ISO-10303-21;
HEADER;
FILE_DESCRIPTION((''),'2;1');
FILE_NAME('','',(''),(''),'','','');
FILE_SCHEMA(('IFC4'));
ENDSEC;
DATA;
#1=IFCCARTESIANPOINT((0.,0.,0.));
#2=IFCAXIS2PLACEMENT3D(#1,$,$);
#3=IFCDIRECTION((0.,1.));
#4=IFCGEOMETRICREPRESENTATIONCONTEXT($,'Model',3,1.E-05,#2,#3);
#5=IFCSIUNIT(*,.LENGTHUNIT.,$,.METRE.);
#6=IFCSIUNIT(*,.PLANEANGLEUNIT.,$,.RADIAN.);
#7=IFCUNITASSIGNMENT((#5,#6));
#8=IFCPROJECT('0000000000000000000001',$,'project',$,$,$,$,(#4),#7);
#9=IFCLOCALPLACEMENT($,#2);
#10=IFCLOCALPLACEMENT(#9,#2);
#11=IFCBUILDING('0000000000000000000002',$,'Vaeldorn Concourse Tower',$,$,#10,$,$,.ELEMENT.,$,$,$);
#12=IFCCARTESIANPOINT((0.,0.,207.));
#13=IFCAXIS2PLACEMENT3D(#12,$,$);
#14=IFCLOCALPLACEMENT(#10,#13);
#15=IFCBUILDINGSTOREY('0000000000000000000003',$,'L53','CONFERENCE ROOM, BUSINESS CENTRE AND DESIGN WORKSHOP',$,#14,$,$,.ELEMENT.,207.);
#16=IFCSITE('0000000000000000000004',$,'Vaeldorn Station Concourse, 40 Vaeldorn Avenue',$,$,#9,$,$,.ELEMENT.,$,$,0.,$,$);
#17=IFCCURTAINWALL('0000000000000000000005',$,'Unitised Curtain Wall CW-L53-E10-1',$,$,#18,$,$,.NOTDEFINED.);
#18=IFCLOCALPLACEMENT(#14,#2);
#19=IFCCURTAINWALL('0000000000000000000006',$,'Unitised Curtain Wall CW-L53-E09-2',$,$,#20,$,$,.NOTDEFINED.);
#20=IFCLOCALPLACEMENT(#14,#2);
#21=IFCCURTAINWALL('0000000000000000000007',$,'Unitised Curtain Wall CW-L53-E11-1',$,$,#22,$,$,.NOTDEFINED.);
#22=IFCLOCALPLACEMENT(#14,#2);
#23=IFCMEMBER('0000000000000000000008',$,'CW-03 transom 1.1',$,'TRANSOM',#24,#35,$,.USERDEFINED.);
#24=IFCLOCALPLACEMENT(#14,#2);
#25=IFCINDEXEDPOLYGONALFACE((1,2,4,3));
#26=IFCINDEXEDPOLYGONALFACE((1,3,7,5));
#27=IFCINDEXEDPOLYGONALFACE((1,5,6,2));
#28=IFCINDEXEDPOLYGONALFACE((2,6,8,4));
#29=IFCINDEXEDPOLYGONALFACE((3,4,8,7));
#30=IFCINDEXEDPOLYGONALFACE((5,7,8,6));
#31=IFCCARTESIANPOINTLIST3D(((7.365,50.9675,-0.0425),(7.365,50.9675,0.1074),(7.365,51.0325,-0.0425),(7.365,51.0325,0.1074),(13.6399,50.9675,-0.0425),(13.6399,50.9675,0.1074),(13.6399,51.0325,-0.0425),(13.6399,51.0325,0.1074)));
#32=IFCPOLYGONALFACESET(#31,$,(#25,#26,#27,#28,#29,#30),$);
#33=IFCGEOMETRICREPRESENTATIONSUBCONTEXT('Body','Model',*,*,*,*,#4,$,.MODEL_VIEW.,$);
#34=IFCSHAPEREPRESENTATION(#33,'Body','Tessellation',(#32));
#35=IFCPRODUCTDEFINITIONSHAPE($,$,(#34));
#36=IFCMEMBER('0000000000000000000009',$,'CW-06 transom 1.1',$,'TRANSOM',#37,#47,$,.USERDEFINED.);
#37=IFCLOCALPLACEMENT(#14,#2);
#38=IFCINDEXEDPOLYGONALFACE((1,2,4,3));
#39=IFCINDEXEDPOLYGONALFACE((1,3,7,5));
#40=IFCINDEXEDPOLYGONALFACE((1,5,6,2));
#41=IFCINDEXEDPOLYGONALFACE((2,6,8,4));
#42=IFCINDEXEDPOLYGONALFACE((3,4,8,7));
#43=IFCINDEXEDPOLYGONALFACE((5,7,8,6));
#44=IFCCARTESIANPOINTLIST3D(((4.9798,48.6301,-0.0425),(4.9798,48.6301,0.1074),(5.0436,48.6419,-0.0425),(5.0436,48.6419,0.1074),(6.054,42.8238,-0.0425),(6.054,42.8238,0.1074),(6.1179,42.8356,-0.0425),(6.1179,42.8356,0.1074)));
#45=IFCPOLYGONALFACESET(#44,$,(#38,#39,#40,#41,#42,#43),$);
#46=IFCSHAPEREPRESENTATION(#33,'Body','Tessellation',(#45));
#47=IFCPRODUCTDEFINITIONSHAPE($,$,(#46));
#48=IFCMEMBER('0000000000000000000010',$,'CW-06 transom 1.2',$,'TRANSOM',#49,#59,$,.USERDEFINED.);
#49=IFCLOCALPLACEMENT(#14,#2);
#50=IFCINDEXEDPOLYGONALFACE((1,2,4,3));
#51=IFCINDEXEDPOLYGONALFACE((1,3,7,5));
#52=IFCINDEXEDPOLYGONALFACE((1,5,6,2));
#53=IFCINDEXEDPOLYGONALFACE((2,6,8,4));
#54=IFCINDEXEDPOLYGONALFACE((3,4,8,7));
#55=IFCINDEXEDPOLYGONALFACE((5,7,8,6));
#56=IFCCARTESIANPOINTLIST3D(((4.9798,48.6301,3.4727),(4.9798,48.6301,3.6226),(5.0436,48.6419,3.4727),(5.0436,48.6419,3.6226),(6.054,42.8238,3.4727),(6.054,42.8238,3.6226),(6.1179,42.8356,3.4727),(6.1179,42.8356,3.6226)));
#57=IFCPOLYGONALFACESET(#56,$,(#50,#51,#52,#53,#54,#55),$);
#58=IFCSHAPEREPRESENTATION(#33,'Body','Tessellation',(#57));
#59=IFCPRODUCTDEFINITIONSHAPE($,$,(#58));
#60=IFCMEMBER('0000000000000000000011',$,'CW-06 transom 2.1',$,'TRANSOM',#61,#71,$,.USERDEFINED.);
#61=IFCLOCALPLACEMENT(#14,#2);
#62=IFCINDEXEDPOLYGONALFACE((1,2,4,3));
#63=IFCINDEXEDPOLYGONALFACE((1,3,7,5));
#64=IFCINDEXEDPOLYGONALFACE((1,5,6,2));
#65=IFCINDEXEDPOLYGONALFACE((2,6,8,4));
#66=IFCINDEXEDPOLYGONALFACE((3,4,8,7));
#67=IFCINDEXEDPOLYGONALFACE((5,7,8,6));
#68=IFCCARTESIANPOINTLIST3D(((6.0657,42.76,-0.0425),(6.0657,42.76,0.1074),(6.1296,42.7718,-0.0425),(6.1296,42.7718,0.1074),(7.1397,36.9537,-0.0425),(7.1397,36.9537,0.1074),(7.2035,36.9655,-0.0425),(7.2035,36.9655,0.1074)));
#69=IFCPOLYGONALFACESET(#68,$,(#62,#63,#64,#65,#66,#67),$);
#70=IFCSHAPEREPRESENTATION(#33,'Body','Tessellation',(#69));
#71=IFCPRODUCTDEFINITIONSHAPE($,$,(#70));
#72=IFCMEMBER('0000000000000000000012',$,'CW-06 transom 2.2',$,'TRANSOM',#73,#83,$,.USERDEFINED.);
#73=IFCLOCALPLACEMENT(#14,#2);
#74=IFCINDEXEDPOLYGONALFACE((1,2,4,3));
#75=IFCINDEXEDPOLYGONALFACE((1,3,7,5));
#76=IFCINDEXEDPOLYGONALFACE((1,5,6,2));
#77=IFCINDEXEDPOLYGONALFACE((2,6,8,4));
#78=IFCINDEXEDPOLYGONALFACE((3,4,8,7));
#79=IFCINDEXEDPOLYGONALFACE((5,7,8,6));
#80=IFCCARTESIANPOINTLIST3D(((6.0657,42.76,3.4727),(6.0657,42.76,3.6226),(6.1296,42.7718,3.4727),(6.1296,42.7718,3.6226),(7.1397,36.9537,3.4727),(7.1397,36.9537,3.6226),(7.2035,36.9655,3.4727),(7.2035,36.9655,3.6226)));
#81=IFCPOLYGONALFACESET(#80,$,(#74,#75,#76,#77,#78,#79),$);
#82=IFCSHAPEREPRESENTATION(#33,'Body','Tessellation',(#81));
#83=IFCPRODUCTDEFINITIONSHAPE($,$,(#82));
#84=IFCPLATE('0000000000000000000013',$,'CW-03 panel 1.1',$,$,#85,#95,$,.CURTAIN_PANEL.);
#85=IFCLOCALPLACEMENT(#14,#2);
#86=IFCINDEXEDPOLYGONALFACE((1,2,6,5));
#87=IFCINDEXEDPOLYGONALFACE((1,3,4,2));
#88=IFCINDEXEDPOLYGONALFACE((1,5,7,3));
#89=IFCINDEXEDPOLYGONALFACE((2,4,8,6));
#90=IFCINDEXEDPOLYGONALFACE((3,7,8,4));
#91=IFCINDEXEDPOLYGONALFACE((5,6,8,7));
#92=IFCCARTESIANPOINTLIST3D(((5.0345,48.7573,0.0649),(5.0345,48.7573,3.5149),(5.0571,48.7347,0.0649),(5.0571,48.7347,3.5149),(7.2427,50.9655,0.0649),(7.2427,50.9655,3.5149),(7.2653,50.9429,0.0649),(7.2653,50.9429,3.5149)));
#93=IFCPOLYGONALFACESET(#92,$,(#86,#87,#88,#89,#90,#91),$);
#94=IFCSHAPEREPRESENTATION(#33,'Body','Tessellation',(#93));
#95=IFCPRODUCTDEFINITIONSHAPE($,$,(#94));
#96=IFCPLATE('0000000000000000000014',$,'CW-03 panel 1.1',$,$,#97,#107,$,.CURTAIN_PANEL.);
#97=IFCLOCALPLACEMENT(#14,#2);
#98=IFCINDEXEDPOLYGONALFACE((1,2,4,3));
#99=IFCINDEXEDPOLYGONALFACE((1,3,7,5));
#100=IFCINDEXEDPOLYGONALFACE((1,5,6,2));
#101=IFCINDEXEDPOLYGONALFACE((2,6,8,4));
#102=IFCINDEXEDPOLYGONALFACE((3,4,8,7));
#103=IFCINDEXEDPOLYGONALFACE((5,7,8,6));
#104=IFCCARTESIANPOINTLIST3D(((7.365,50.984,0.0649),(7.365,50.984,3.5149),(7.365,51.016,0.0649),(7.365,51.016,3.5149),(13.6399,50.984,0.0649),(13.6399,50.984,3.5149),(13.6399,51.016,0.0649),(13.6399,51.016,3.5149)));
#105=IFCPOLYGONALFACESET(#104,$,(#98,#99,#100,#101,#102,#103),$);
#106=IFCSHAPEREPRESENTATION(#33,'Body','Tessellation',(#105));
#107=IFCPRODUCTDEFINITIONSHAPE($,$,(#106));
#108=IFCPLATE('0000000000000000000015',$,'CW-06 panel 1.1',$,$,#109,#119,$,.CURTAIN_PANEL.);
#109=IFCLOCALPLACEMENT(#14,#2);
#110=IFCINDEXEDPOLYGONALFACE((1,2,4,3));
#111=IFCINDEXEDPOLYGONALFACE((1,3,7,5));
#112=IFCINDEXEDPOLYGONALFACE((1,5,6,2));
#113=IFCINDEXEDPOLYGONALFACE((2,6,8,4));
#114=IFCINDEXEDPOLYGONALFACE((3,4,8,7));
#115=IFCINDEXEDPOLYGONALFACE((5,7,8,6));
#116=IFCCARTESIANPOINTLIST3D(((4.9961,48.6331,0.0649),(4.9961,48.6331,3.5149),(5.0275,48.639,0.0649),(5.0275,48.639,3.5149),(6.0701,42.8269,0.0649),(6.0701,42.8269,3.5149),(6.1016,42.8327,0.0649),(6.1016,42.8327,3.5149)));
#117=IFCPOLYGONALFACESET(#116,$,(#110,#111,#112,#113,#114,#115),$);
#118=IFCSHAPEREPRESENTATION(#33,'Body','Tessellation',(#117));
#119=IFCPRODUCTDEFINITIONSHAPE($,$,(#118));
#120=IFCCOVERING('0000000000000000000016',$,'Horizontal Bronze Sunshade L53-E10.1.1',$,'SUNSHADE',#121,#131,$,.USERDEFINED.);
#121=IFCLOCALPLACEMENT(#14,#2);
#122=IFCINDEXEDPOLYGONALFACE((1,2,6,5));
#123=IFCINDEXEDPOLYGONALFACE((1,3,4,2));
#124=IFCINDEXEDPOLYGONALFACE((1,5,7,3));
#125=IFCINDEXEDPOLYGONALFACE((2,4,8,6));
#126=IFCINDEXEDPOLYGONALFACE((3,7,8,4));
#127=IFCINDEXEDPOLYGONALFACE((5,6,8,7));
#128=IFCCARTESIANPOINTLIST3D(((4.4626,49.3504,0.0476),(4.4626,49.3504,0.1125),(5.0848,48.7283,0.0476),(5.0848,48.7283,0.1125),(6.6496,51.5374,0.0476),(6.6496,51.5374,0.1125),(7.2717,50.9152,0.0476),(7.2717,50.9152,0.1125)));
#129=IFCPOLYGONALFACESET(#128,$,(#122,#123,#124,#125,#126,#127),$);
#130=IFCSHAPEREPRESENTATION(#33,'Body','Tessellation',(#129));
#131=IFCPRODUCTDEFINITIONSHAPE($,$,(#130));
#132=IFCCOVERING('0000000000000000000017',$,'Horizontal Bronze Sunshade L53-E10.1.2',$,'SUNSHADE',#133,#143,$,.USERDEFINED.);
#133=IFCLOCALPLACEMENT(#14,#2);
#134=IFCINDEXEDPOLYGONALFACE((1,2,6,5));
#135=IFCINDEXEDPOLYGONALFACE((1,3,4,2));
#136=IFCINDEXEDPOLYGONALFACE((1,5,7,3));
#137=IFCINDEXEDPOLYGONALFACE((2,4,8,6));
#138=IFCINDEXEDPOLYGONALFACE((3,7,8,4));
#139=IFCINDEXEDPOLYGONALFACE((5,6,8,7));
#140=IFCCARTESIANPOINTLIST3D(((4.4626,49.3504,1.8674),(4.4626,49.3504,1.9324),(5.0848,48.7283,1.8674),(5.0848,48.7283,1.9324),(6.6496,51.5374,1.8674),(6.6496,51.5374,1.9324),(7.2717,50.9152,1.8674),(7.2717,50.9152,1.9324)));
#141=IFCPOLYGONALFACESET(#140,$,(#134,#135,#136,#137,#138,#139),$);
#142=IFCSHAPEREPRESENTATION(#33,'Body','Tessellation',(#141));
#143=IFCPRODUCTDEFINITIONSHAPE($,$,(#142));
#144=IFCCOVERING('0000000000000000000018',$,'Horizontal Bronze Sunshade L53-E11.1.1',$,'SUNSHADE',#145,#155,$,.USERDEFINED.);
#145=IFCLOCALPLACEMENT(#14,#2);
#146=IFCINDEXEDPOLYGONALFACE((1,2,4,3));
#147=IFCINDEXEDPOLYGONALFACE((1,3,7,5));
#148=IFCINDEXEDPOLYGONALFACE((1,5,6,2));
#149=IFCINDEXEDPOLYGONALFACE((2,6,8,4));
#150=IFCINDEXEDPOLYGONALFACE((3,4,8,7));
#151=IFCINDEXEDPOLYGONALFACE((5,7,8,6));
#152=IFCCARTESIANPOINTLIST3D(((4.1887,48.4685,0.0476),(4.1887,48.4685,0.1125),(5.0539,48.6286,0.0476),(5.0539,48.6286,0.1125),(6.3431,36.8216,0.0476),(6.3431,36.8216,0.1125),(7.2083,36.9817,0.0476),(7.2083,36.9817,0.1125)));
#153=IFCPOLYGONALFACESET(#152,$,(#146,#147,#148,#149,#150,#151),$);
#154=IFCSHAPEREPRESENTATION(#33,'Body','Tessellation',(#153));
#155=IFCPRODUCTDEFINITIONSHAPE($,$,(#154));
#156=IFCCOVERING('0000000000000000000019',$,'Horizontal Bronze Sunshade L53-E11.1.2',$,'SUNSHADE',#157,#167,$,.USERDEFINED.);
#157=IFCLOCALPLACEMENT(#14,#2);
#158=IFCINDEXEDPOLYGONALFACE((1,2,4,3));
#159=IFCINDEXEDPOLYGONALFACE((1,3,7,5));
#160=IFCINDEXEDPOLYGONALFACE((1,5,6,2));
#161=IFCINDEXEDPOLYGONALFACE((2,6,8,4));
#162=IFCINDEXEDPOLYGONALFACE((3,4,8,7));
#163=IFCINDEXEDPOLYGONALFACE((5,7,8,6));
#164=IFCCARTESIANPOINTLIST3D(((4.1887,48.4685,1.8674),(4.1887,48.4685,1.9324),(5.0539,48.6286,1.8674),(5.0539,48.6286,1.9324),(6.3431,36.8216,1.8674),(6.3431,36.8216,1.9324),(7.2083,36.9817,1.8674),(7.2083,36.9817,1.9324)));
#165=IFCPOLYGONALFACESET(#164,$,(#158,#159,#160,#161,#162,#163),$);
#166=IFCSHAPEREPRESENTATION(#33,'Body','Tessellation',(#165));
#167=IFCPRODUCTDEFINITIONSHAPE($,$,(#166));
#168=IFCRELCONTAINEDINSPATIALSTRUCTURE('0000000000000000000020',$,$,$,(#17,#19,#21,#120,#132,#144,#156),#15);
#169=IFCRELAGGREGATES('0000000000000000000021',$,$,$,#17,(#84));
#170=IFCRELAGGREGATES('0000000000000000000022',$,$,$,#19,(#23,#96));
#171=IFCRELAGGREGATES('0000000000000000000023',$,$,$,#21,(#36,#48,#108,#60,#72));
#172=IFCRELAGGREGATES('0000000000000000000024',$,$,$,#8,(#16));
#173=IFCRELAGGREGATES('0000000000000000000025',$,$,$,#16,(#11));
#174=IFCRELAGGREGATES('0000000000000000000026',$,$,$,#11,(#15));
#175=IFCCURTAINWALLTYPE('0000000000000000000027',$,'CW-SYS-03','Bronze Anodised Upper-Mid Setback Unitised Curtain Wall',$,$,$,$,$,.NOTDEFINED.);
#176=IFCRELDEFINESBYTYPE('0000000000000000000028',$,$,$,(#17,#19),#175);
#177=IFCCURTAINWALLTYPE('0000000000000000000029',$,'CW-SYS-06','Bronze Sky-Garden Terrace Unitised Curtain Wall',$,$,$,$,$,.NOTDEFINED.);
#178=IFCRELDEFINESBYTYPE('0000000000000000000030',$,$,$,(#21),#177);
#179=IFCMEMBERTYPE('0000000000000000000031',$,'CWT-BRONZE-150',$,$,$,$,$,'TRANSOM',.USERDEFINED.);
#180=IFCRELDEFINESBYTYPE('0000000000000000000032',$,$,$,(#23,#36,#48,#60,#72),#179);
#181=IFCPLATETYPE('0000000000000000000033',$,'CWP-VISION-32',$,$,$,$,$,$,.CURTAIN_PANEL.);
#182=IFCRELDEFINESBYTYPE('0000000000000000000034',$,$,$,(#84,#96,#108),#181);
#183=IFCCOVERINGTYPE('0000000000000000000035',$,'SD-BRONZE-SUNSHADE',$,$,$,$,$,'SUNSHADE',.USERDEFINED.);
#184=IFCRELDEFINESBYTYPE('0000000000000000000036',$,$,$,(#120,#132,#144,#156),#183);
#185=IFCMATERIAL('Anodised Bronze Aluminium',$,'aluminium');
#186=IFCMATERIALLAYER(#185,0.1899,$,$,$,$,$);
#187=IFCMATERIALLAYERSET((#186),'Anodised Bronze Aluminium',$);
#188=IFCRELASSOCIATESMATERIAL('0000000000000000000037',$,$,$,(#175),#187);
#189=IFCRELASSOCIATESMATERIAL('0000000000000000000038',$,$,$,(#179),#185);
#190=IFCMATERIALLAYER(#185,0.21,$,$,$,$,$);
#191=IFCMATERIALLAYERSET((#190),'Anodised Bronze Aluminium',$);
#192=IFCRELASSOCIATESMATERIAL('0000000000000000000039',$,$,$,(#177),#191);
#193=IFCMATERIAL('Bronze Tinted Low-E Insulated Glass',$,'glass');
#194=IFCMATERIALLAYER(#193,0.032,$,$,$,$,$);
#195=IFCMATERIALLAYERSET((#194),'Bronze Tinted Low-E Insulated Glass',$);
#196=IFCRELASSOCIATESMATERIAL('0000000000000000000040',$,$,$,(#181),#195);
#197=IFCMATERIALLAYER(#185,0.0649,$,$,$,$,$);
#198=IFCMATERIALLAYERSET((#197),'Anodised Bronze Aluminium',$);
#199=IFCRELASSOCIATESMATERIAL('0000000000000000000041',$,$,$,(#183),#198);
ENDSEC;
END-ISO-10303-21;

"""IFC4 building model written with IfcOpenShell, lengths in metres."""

from ifc_helpers import new_model, si_unit, direction, frame, origin, origin_2d, place, context, subcontext, project, spatial, rectangle, extrude, source, transform, mapped, material, layer, layer_set, material_profile, profile_set, type_object, element, aggregate, save


model = new_model("IFC4")

# Units and contexts
model_context = context("Model", 3, precision=1e-05, world=origin(), true_north=direction((0.0, 1.0)))
body_context = subcontext(model_context, "Body", "Model", "MODEL_VIEW")
ifc_project = project(units=[si_unit("LENGTHUNIT", "METRE"), si_unit("PLANEANGLEUNIT", "RADIAN")], contexts=[model_context])

# Site, building, storey
site_placement = place(None, origin())
site = spatial("IfcSite", under=ifc_project, at=site_placement, Name="Vaeldorn Station Concourse, 40 Vaeldorn Avenue", CompositionType="ELEMENT", RefElevation=0.0)
building_placement = place(site_placement, origin())
building = spatial("IfcBuilding", under=site, at=building_placement, Name="Vaeldorn Concourse Tower", CompositionType="ELEMENT")
storey_placement = place(building_placement, frame((0.0, 0.0, 207.0)))
storey = spatial("IfcBuildingStorey", under=building, at=storey_placement, Name="L53", Description="CONFERENCE ROOM, BUSINESS CENTRE AND DESIGN WORKSHOP", CompositionType="ELEMENT", Elevation=207.0)

# Curtain wall
ifc_material_1 = material(Name="Anodised Bronze Aluminium", Category="aluminium")
ifc_layer_1 = layer(ifc_material_1, 0.1899)
ifc_layer_set_1 = layer_set([ifc_layer_1], Name="Anodised Bronze Aluminium")
curtain_wall_type_1 = type_object("IfcCurtainWallType", Name="CW-SYS-03", Description="Bronze Anodised Upper-Mid Setback Unitised Curtain Wall", PredefinedType="NOTDEFINED", material=ifc_layer_set_1)
curtain_wall_1_placement = place(storey_placement, origin())
curtain_wall_1 = element("IfcCurtainWall", 1, at=curtain_wall_1_placement, inside=storey, type_object=curtain_wall_type_1, Name="Unitised Curtain Wall CW-L53-E10-1", PredefinedType="NOTDEFINED")
ifc_material_profile_1 = material_profile(ifc_material_1, rectangle(XDim=0.0649, YDim=0.1499, at=origin_2d()), Name="CWT 65x150")
ifc_profile_set_1 = profile_set([ifc_material_profile_1], Name="Anodised Bronze Aluminium")
member_type_1 = type_object("IfcMemberType", Name="CWT-BRONZE-150", ElementType="TRANSOM", PredefinedType="USERDEFINED", material=ifc_profile_set_1)

# Curtain wall
curtain_wall_2_placement = place(storey_placement, origin())
curtain_wall_2 = element("IfcCurtainWall", 2, at=curtain_wall_2_placement, inside=storey, type_object=curtain_wall_type_1, Name="Unitised Curtain Wall CW-L53-E09-2", PredefinedType="NOTDEFINED")

# Curtain wall
ifc_layer_2 = layer(ifc_material_1, 0.21)
ifc_layer_set_2 = layer_set([ifc_layer_2], Name="Anodised Bronze Aluminium")
curtain_wall_type_2 = type_object("IfcCurtainWallType", Name="CW-SYS-06", Description="Bronze Sky-Garden Terrace Unitised Curtain Wall", PredefinedType="NOTDEFINED", material=ifc_layer_set_2)
curtain_wall_3_placement = place(storey_placement, origin())
curtain_wall_3 = element("IfcCurtainWall", 3, at=curtain_wall_3_placement, inside=storey, type_object=curtain_wall_type_2, Name="Unitised Curtain Wall CW-L53-E11-1", PredefinedType="NOTDEFINED")

# Members
shared_shape_1 = source(origin(), body_context, "Body", "SweptSolid", [
    extrude(rectangle(XDim=0.0649, YDim=0.1499, at=origin_2d()), origin(), (0.0, 0.0, 1.0), 6.2749),
])
member_1_placement = place(storey_placement, frame((13.6399, 51.0, 0.0325), z_axis=(-1.0, 0.0, 0.0), x_axis=(0.0, -1.0, 0.0)))
member_1 = element("IfcMember", 4, at=member_1_placement, type_object=member_type_1, Name="CW-03 transom 1.1", ObjectType="TRANSOM", PredefinedType="USERDEFINED", context=body_context, shape_type="MappedRepresentation", body=[
    mapped(shared_shape_1, transform((0.0, 0.0, 0.0), scale=1.0)),
])
shared_shape_2 = source(origin(), body_context, "Body", "SweptSolid", [
    extrude(rectangle(XDim=0.0649, YDim=0.1499, at=origin_2d()), origin(), (0.0, 0.0, 1.0), 5.9048),
])
member_2_placement = place(storey_placement, frame((5.0117, 48.636, 0.0325), z_axis=(0.181926, -0.983312, 0.0), x_axis=(0.983312, 0.181926, 0.0)))
member_2 = element("IfcMember", 5, at=member_2_placement, type_object=member_type_1, Name="CW-06 transom 1.1", ObjectType="TRANSOM", PredefinedType="USERDEFINED", context=body_context, shape_type="MappedRepresentation", body=[
    mapped(shared_shape_2, transform((0.0, 0.0, 0.0), scale=1.0)),
])
member_3_placement = place(storey_placement, frame((5.0117, 48.636, 3.5476), z_axis=(0.181926, -0.983312, 0.0), x_axis=(0.983312, 0.181926, 0.0)))
member_3 = element("IfcMember", 6, at=member_3_placement, type_object=member_type_1, Name="CW-06 transom 1.2", ObjectType="TRANSOM", PredefinedType="USERDEFINED", context=body_context, shape_type="MappedRepresentation", body=[
    mapped(shared_shape_2, transform((0.0, 0.0, 0.0), scale=1.0)),
])
member_4_placement = place(storey_placement, frame((6.0977, 42.7659, 0.0325), z_axis=(0.181879, -0.983321, 0.0), x_axis=(0.983321, 0.181879, 0.0)))
member_4 = element("IfcMember", 7, at=member_4_placement, type_object=member_type_1, Name="CW-06 transom 2.1", ObjectType="TRANSOM", PredefinedType="USERDEFINED", context=body_context, shape_type="MappedRepresentation", body=[
    mapped(shared_shape_2, transform((0.0, 0.0, 0.0), scale=1.0)),
])
member_5_placement = place(storey_placement, frame((6.0977, 42.7659, 3.5476), z_axis=(0.181879, -0.983321, 0.0), x_axis=(0.983321, 0.181879, 0.0)))
member_5 = element("IfcMember", 8, at=member_5_placement, type_object=member_type_1, Name="CW-06 transom 2.2", ObjectType="TRANSOM", PredefinedType="USERDEFINED", context=body_context, shape_type="MappedRepresentation", body=[
    mapped(shared_shape_2, transform((0.0, 0.0, 0.0), scale=1.0)),
])

# Plates
ifc_material_2 = material(Name="Bronze Tinted Low-E Insulated Glass", Category="glass")
ifc_layer_3 = layer(ifc_material_2, 0.032)
ifc_layer_set_3 = layer_set([ifc_layer_3], Name="Bronze Tinted Low-E Insulated Glass")
plate_type = type_object("IfcPlateType", Name="CWP-VISION-32", PredefinedType="CURTAIN_PANEL", material=ifc_layer_set_3)
shared_shape_3 = source(origin(), body_context, "Body", "SweptSolid", [
    extrude(rectangle(XDim=3.1228, YDim=0.032, at=origin_2d()), origin(), (0.0, 0.0, 1.0), 3.45),
])
plate_1_placement = place(storey_placement, frame((6.1499, 49.8501, 0.0649), z_axis=(0.0, 0.0, 1.0), x_axis=(-0.707107, -0.707107, 0.0)))
plate_1 = element("IfcPlate", 9, at=plate_1_placement, type_object=plate_type, Name="CW-03 panel 1.1", PredefinedType="CURTAIN_PANEL", context=body_context, shape_type="MappedRepresentation", body=[
    mapped(shared_shape_3, transform((0.0, 0.0, 0.0), scale=1.0)),
])
aggregate(curtain_wall_1, [plate_1])
shared_shape_4 = source(origin(), body_context, "Body", "SweptSolid", [
    extrude(rectangle(XDim=6.2749, YDim=0.032, at=origin_2d()), origin(), (0.0, 0.0, 1.0), 3.45),
])
plate_2_placement = place(storey_placement, frame((10.5024, 51.0, 0.0649), z_axis=(0.0, 0.0, 1.0), x_axis=(-1.0, 0.0, 0.0)))
plate_2 = element("IfcPlate", 10, at=plate_2_placement, type_object=plate_type, Name="CW-03 panel 1.1", PredefinedType="CURTAIN_PANEL", context=body_context, shape_type="MappedRepresentation", body=[
    mapped(shared_shape_4, transform((0.0, 0.0, 0.0), scale=1.0)),
])
aggregate(curtain_wall_2, [member_1, plate_2])
shared_shape_5 = source(origin(), body_context, "Body", "SweptSolid", [
    extrude(rectangle(XDim=5.9048, YDim=0.032, at=origin_2d()), origin(), (0.0, 0.0, 1.0), 3.45),
])
plate_3_placement = place(storey_placement, frame((5.5488, 45.7329, 0.0649), z_axis=(0.0, 0.0, 1.0), x_axis=(0.181888, -0.983319, 0.0)))
plate_3 = element("IfcPlate", 11, at=plate_3_placement, type_object=plate_type, Name="CW-06 panel 1.1", PredefinedType="CURTAIN_PANEL", context=body_context, shape_type="MappedRepresentation", body=[
    mapped(shared_shape_5, transform((0.0, 0.0, 0.0), scale=1.0)),
])
aggregate(curtain_wall_3, [member_2, member_3, plate_3, member_4, member_5])

# Coverings
ifc_layer_4 = layer(ifc_material_1, 0.0649)
ifc_layer_set_4 = layer_set([ifc_layer_4], Name="Anodised Bronze Aluminium")
covering_type = type_object("IfcCoveringType", Name="SD-BRONZE-SUNSHADE", ElementType="SUNSHADE", PredefinedType="USERDEFINED", material=ifc_layer_set_4)
shared_shape_6 = source(origin(), body_context, "Body", "SweptSolid", [
    extrude(rectangle(XDim=3.0928, YDim=0.8799, at=origin_2d()), origin(), (0.0, 0.0, 1.0), 0.0649),
])
for number, where, z_axis, x_axis, name in (
    (12, (5.8672, 50.1328, 0.0476), (0.0, 0.0, 1.0), (-0.707107, -0.707107, 0.0), "Horizontal Bronze Sunshade L53-E10.1.1"),
    (13, (5.8672, 50.1328, 1.8674), (0.0, 0.0, 1.0), (-0.707107, -0.707107, 0.0), "Horizontal Bronze Sunshade L53-E10.1.2"),
):
    element("IfcCovering", number, at=place(storey_placement, frame(where, z_axis=z_axis, x_axis=x_axis)), inside=storey, type_object=covering_type, Name=name, ObjectType="SUNSHADE", PredefinedType="USERDEFINED", context=body_context, shape_type="MappedRepresentation", body=[
        mapped(shared_shape_6, transform((0.0, 0.0, 0.0), scale=1.0)),
    ])
shared_shape_7 = source(origin(), body_context, "Body", "SweptSolid", [
    extrude(rectangle(XDim=11.8445, YDim=0.8799, at=origin_2d()), origin(), (0.0, 0.0, 1.0), 0.0649),
])
for number, where, z_axis, x_axis, name in (
    (14, (5.6985, 42.7251, 0.0476), (0.0, 0.0, 1.0), (0.181892, -0.983318, 0.0), "Horizontal Bronze Sunshade L53-E11.1.1"),
    (15, (5.6985, 42.7251, 1.8674), (0.0, 0.0, 1.0), (0.181892, -0.983318, 0.0), "Horizontal Bronze Sunshade L53-E11.1.2"),
):
    element("IfcCovering", number, at=place(storey_placement, frame(where, z_axis=z_axis, x_axis=x_axis)), inside=storey, type_object=covering_type, Name=name, ObjectType="SUNSHADE", PredefinedType="USERDEFINED", context=body_context, shape_type="MappedRepresentation", body=[
        mapped(shared_shape_7, transform((0.0, 0.0, 0.0), scale=1.0)),
    ])

save(model, "model.ifc")
